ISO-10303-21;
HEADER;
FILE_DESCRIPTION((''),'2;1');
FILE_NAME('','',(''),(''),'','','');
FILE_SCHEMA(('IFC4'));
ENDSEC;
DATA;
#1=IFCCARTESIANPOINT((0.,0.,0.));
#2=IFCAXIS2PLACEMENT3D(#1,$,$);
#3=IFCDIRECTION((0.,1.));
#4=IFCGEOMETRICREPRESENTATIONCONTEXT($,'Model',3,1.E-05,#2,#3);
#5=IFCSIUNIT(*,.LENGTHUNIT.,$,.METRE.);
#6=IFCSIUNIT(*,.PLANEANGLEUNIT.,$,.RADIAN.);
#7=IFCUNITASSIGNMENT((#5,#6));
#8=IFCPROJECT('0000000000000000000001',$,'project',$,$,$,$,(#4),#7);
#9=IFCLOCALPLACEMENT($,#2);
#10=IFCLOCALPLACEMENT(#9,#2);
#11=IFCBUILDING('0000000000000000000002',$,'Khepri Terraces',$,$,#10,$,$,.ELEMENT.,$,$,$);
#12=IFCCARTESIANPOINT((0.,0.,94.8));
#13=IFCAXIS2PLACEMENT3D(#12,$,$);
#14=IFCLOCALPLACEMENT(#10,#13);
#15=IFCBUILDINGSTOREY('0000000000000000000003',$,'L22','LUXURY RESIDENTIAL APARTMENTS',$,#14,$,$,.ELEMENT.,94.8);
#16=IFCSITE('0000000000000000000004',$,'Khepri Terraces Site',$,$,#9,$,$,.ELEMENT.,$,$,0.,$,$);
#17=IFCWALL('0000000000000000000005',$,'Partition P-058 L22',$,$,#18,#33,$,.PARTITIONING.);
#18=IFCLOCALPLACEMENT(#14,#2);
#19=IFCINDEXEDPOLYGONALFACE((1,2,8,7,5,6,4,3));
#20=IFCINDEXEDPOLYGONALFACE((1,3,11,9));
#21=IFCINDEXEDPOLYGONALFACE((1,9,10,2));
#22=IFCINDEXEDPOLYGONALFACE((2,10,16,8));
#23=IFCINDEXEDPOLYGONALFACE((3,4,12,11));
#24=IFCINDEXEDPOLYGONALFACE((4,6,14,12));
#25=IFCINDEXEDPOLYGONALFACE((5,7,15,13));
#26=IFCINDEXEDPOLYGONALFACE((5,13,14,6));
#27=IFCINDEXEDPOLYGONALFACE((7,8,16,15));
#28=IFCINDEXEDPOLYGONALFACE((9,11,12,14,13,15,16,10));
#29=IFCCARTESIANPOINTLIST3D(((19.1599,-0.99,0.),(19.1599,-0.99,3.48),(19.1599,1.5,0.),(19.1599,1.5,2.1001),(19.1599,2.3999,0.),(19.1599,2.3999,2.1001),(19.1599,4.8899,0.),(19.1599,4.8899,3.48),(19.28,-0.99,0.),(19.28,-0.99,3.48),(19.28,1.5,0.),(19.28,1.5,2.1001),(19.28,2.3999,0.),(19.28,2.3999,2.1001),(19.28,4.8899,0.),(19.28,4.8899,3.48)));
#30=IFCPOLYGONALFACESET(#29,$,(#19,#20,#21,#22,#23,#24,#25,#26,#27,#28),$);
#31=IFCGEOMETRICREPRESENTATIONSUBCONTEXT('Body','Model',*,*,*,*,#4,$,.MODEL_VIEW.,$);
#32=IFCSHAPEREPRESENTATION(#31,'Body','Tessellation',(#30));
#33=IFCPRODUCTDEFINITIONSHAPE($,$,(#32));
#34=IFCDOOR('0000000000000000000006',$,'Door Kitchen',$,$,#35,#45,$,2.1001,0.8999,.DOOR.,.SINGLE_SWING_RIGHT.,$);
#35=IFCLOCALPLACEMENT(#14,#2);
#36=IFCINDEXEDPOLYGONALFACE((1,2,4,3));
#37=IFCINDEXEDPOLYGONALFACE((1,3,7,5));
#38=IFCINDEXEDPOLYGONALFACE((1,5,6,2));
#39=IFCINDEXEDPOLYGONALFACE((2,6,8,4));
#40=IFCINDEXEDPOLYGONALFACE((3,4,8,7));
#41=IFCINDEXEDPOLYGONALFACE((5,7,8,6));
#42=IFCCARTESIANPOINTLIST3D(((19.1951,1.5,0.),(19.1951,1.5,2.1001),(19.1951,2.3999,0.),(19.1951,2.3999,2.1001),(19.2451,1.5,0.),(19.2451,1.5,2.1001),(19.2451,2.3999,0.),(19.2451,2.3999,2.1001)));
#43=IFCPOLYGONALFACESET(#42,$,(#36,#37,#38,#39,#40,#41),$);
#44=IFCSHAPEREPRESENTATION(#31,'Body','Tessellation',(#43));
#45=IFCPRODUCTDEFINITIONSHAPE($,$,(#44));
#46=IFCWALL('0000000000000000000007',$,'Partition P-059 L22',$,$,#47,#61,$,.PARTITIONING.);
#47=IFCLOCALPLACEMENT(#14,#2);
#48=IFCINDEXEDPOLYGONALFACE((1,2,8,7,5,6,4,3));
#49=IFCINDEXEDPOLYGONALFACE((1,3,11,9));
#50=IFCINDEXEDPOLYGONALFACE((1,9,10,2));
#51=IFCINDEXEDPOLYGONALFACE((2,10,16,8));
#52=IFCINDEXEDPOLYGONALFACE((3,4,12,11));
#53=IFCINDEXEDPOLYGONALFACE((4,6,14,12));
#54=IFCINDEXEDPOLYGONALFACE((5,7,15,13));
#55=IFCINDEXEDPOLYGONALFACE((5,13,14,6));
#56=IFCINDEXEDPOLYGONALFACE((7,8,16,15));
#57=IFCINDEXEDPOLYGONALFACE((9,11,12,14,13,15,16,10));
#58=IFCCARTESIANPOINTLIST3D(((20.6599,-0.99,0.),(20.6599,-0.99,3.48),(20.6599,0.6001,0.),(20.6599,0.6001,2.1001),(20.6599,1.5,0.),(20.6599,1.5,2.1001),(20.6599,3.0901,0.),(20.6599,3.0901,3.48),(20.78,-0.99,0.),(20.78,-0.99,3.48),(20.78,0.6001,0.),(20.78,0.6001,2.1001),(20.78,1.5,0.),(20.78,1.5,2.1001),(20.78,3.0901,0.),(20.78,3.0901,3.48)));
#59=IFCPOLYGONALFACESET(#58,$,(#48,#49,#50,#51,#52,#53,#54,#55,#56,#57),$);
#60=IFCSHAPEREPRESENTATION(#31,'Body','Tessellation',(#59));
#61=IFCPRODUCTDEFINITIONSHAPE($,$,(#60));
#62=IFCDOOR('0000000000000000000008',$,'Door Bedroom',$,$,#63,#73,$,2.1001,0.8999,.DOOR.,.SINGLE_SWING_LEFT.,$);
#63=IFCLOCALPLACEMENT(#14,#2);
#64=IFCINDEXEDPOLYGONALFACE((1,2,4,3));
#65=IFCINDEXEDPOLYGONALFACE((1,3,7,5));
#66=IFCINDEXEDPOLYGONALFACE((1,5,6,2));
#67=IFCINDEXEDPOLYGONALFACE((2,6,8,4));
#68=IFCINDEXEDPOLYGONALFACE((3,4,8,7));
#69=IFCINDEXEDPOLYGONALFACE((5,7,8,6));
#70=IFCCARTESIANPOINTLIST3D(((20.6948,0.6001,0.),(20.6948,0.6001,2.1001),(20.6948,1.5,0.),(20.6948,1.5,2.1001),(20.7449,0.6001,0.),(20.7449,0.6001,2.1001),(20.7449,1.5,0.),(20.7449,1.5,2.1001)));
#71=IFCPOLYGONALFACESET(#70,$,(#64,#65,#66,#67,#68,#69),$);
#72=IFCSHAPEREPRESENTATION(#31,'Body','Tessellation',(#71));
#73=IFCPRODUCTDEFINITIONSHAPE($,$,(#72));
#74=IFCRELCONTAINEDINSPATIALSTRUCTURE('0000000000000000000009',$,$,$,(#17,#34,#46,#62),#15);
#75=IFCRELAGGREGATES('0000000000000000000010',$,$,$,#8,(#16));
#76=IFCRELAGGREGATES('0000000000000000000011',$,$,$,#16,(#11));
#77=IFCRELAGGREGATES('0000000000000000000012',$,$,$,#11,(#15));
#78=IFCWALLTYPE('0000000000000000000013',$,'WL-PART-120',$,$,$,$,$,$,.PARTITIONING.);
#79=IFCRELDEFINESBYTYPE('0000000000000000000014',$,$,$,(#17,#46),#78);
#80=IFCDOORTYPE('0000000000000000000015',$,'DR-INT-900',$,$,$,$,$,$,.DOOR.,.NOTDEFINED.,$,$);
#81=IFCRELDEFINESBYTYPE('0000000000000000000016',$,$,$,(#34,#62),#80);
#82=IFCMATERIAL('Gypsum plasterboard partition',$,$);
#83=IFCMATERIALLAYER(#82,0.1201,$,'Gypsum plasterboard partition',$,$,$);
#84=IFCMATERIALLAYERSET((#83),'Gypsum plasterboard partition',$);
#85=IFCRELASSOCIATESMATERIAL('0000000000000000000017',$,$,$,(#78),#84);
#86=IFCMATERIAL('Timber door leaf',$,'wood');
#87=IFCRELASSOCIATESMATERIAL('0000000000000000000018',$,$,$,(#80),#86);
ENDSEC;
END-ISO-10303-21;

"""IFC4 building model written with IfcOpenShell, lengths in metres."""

from ifc_helpers import new_model, si_unit, direction, frame, frame_2d, origin, place, context, subcontext, project, spatial, rectangle, extrude, material, layer, layer_set, type_object, element, fill, save


model = new_model("IFC4")

# Units and contexts
model_context = context("Model", 3, precision=1e-05, world=origin(), true_north=direction((0.0, 1.0)))
body_context = subcontext(model_context, "Body", "Model", "MODEL_VIEW")
ifc_project = project(units=[si_unit("LENGTHUNIT", "METRE"), si_unit("PLANEANGLEUNIT", "RADIAN")], contexts=[model_context])

# Site, building, storey
site_placement = place(None, origin())
site = spatial("IfcSite", under=ifc_project, at=site_placement, Name="Khepri Terraces Site", CompositionType="ELEMENT", RefElevation=0.0)
building_placement = place(site_placement, origin())
building = spatial("IfcBuilding", under=site, at=building_placement, Name="Khepri Terraces", CompositionType="ELEMENT")
storey_placement = place(building_placement, frame((0.0, 0.0, 94.8)))
storey = spatial("IfcBuildingStorey", under=building, at=storey_placement, Name="L22", Description="LUXURY RESIDENTIAL APARTMENTS", CompositionType="ELEMENT", Elevation=94.8)

# Shared definitions
ifc_material_1 = material(Name="Gypsum plasterboard partition")
ifc_layer_1 = layer(ifc_material_1, 0.1201, Name="Gypsum plasterboard partition")
ifc_layer_set_1 = layer_set([ifc_layer_1], Name="Gypsum plasterboard partition")
wall_type_1 = type_object("IfcWallType", Name="WL-PART-120", PredefinedType="PARTITIONING", material=ifc_layer_set_1)
ifc_material_2 = material(Name="Timber door leaf", Category="wood")
door_type_1 = type_object("IfcDoorType", Name="DR-INT-900", OperationType="NOTDEFINED", PredefinedType="DOOR", material=ifc_material_2)

# Walls, openings, doors
wall_1_placement = place(storey_placement, frame((19.22, -0.99, 0.0), z_axis=(0.0, 0.0, 1.0), x_axis=(0.0, 1.0, 0.0)))
wall_1 = element("IfcWall", 1, at=wall_1_placement, inside=storey, type_object=wall_type_1, Name="Partition P-058 L22", PredefinedType="PARTITIONING", context=body_context, shape_type="SweptSolid", body=[
    extrude(rectangle(XDim=5.8799, YDim=0.1201, at=frame_2d((2.9399, 0.0))), origin(), (0.0, 0.0, 1.0), 3.48),
])
opening_1_placement = place(wall_1_placement, frame((2.49, 0.0, 0.0)))
opening_1 = element("IfcOpeningElement", 2, at=opening_1_placement, cuts=wall_1, PredefinedType="OPENING", context=body_context, shape_type="SweptSolid", body=[
    extrude(rectangle(XDim=0.8999, YDim=2.1001, at=frame_2d((0.45, 1.05))), frame((0.0, 0.0701, 0.0), z_axis=(0.0, -1.0, 0.0), x_axis=(1.0, 0.0, 0.0)), (0.0, 0.0, 1.0), 0.1401),
])
door_1_placement = place(opening_1_placement, origin())
door_1 = element("IfcDoor", 3, at=door_1_placement, inside=storey, type_object=door_type_1, Name="Door Kitchen", OperationType="SINGLE_SWING_RIGHT", OverallHeight=2.1001, OverallWidth=0.8999, PredefinedType="DOOR", context=body_context, shape_type="SweptSolid", body=[
    extrude(rectangle(XDim=0.8999, YDim=2.1001, at=frame_2d((0.45, 1.05))), frame((0.0, 0.0249, 0.0), z_axis=(0.0, -1.0, 0.0), x_axis=(1.0, 0.0, 0.0)), (0.0, 0.0, 1.0), 0.05),
])
fill(opening_1, door_1)
wall_2_placement = place(storey_placement, frame((20.72, -0.99, 0.0), z_axis=(0.0, 0.0, 1.0), x_axis=(0.0, 1.0, 0.0)))
wall_2 = element("IfcWall", 4, at=wall_2_placement, inside=storey, type_object=wall_type_1, Name="Partition P-059 L22", PredefinedType="PARTITIONING", context=body_context, shape_type="SweptSolid", body=[
    extrude(rectangle(XDim=4.0801, YDim=0.1201, at=frame_2d((2.04, 0.0))), origin(), (0.0, 0.0, 1.0), 3.48),
])
opening_2_placement = place(wall_2_placement, frame((1.5901, 0.0, 0.0)))
opening_2 = element("IfcOpeningElement", 5, at=opening_2_placement, cuts=wall_2, PredefinedType="OPENING", context=body_context, shape_type="SweptSolid", body=[
    extrude(rectangle(XDim=0.8999, YDim=2.1001, at=frame_2d((0.45, 1.05))), frame((0.0, 0.0701, 0.0), z_axis=(0.0, -1.0, 0.0), x_axis=(1.0, 0.0, 0.0)), (0.0, 0.0, 1.0), 0.1401),
])
door_2_placement = place(opening_2_placement, frame((0.8999, 0.0, 0.0), z_axis=(0.0, 0.0, 1.0), x_axis=(-1.0, 0.0, 0.0)))
door_2 = element("IfcDoor", 6, at=door_2_placement, inside=storey, type_object=door_type_1, Name="Door Bedroom", OperationType="SINGLE_SWING_LEFT", OverallHeight=2.1001, OverallWidth=0.8999, PredefinedType="DOOR", context=body_context, shape_type="SweptSolid", body=[
    extrude(rectangle(XDim=0.8999, YDim=2.1001, at=frame_2d((0.45, 1.05))), frame((0.0, 0.0249, 0.0), z_axis=(0.0, -1.0, 0.0), x_axis=(1.0, 0.0, 0.0)), (0.0, 0.0, 1.0), 0.05),
])
fill(opening_2, door_2)

save(model, "model.ifc")
